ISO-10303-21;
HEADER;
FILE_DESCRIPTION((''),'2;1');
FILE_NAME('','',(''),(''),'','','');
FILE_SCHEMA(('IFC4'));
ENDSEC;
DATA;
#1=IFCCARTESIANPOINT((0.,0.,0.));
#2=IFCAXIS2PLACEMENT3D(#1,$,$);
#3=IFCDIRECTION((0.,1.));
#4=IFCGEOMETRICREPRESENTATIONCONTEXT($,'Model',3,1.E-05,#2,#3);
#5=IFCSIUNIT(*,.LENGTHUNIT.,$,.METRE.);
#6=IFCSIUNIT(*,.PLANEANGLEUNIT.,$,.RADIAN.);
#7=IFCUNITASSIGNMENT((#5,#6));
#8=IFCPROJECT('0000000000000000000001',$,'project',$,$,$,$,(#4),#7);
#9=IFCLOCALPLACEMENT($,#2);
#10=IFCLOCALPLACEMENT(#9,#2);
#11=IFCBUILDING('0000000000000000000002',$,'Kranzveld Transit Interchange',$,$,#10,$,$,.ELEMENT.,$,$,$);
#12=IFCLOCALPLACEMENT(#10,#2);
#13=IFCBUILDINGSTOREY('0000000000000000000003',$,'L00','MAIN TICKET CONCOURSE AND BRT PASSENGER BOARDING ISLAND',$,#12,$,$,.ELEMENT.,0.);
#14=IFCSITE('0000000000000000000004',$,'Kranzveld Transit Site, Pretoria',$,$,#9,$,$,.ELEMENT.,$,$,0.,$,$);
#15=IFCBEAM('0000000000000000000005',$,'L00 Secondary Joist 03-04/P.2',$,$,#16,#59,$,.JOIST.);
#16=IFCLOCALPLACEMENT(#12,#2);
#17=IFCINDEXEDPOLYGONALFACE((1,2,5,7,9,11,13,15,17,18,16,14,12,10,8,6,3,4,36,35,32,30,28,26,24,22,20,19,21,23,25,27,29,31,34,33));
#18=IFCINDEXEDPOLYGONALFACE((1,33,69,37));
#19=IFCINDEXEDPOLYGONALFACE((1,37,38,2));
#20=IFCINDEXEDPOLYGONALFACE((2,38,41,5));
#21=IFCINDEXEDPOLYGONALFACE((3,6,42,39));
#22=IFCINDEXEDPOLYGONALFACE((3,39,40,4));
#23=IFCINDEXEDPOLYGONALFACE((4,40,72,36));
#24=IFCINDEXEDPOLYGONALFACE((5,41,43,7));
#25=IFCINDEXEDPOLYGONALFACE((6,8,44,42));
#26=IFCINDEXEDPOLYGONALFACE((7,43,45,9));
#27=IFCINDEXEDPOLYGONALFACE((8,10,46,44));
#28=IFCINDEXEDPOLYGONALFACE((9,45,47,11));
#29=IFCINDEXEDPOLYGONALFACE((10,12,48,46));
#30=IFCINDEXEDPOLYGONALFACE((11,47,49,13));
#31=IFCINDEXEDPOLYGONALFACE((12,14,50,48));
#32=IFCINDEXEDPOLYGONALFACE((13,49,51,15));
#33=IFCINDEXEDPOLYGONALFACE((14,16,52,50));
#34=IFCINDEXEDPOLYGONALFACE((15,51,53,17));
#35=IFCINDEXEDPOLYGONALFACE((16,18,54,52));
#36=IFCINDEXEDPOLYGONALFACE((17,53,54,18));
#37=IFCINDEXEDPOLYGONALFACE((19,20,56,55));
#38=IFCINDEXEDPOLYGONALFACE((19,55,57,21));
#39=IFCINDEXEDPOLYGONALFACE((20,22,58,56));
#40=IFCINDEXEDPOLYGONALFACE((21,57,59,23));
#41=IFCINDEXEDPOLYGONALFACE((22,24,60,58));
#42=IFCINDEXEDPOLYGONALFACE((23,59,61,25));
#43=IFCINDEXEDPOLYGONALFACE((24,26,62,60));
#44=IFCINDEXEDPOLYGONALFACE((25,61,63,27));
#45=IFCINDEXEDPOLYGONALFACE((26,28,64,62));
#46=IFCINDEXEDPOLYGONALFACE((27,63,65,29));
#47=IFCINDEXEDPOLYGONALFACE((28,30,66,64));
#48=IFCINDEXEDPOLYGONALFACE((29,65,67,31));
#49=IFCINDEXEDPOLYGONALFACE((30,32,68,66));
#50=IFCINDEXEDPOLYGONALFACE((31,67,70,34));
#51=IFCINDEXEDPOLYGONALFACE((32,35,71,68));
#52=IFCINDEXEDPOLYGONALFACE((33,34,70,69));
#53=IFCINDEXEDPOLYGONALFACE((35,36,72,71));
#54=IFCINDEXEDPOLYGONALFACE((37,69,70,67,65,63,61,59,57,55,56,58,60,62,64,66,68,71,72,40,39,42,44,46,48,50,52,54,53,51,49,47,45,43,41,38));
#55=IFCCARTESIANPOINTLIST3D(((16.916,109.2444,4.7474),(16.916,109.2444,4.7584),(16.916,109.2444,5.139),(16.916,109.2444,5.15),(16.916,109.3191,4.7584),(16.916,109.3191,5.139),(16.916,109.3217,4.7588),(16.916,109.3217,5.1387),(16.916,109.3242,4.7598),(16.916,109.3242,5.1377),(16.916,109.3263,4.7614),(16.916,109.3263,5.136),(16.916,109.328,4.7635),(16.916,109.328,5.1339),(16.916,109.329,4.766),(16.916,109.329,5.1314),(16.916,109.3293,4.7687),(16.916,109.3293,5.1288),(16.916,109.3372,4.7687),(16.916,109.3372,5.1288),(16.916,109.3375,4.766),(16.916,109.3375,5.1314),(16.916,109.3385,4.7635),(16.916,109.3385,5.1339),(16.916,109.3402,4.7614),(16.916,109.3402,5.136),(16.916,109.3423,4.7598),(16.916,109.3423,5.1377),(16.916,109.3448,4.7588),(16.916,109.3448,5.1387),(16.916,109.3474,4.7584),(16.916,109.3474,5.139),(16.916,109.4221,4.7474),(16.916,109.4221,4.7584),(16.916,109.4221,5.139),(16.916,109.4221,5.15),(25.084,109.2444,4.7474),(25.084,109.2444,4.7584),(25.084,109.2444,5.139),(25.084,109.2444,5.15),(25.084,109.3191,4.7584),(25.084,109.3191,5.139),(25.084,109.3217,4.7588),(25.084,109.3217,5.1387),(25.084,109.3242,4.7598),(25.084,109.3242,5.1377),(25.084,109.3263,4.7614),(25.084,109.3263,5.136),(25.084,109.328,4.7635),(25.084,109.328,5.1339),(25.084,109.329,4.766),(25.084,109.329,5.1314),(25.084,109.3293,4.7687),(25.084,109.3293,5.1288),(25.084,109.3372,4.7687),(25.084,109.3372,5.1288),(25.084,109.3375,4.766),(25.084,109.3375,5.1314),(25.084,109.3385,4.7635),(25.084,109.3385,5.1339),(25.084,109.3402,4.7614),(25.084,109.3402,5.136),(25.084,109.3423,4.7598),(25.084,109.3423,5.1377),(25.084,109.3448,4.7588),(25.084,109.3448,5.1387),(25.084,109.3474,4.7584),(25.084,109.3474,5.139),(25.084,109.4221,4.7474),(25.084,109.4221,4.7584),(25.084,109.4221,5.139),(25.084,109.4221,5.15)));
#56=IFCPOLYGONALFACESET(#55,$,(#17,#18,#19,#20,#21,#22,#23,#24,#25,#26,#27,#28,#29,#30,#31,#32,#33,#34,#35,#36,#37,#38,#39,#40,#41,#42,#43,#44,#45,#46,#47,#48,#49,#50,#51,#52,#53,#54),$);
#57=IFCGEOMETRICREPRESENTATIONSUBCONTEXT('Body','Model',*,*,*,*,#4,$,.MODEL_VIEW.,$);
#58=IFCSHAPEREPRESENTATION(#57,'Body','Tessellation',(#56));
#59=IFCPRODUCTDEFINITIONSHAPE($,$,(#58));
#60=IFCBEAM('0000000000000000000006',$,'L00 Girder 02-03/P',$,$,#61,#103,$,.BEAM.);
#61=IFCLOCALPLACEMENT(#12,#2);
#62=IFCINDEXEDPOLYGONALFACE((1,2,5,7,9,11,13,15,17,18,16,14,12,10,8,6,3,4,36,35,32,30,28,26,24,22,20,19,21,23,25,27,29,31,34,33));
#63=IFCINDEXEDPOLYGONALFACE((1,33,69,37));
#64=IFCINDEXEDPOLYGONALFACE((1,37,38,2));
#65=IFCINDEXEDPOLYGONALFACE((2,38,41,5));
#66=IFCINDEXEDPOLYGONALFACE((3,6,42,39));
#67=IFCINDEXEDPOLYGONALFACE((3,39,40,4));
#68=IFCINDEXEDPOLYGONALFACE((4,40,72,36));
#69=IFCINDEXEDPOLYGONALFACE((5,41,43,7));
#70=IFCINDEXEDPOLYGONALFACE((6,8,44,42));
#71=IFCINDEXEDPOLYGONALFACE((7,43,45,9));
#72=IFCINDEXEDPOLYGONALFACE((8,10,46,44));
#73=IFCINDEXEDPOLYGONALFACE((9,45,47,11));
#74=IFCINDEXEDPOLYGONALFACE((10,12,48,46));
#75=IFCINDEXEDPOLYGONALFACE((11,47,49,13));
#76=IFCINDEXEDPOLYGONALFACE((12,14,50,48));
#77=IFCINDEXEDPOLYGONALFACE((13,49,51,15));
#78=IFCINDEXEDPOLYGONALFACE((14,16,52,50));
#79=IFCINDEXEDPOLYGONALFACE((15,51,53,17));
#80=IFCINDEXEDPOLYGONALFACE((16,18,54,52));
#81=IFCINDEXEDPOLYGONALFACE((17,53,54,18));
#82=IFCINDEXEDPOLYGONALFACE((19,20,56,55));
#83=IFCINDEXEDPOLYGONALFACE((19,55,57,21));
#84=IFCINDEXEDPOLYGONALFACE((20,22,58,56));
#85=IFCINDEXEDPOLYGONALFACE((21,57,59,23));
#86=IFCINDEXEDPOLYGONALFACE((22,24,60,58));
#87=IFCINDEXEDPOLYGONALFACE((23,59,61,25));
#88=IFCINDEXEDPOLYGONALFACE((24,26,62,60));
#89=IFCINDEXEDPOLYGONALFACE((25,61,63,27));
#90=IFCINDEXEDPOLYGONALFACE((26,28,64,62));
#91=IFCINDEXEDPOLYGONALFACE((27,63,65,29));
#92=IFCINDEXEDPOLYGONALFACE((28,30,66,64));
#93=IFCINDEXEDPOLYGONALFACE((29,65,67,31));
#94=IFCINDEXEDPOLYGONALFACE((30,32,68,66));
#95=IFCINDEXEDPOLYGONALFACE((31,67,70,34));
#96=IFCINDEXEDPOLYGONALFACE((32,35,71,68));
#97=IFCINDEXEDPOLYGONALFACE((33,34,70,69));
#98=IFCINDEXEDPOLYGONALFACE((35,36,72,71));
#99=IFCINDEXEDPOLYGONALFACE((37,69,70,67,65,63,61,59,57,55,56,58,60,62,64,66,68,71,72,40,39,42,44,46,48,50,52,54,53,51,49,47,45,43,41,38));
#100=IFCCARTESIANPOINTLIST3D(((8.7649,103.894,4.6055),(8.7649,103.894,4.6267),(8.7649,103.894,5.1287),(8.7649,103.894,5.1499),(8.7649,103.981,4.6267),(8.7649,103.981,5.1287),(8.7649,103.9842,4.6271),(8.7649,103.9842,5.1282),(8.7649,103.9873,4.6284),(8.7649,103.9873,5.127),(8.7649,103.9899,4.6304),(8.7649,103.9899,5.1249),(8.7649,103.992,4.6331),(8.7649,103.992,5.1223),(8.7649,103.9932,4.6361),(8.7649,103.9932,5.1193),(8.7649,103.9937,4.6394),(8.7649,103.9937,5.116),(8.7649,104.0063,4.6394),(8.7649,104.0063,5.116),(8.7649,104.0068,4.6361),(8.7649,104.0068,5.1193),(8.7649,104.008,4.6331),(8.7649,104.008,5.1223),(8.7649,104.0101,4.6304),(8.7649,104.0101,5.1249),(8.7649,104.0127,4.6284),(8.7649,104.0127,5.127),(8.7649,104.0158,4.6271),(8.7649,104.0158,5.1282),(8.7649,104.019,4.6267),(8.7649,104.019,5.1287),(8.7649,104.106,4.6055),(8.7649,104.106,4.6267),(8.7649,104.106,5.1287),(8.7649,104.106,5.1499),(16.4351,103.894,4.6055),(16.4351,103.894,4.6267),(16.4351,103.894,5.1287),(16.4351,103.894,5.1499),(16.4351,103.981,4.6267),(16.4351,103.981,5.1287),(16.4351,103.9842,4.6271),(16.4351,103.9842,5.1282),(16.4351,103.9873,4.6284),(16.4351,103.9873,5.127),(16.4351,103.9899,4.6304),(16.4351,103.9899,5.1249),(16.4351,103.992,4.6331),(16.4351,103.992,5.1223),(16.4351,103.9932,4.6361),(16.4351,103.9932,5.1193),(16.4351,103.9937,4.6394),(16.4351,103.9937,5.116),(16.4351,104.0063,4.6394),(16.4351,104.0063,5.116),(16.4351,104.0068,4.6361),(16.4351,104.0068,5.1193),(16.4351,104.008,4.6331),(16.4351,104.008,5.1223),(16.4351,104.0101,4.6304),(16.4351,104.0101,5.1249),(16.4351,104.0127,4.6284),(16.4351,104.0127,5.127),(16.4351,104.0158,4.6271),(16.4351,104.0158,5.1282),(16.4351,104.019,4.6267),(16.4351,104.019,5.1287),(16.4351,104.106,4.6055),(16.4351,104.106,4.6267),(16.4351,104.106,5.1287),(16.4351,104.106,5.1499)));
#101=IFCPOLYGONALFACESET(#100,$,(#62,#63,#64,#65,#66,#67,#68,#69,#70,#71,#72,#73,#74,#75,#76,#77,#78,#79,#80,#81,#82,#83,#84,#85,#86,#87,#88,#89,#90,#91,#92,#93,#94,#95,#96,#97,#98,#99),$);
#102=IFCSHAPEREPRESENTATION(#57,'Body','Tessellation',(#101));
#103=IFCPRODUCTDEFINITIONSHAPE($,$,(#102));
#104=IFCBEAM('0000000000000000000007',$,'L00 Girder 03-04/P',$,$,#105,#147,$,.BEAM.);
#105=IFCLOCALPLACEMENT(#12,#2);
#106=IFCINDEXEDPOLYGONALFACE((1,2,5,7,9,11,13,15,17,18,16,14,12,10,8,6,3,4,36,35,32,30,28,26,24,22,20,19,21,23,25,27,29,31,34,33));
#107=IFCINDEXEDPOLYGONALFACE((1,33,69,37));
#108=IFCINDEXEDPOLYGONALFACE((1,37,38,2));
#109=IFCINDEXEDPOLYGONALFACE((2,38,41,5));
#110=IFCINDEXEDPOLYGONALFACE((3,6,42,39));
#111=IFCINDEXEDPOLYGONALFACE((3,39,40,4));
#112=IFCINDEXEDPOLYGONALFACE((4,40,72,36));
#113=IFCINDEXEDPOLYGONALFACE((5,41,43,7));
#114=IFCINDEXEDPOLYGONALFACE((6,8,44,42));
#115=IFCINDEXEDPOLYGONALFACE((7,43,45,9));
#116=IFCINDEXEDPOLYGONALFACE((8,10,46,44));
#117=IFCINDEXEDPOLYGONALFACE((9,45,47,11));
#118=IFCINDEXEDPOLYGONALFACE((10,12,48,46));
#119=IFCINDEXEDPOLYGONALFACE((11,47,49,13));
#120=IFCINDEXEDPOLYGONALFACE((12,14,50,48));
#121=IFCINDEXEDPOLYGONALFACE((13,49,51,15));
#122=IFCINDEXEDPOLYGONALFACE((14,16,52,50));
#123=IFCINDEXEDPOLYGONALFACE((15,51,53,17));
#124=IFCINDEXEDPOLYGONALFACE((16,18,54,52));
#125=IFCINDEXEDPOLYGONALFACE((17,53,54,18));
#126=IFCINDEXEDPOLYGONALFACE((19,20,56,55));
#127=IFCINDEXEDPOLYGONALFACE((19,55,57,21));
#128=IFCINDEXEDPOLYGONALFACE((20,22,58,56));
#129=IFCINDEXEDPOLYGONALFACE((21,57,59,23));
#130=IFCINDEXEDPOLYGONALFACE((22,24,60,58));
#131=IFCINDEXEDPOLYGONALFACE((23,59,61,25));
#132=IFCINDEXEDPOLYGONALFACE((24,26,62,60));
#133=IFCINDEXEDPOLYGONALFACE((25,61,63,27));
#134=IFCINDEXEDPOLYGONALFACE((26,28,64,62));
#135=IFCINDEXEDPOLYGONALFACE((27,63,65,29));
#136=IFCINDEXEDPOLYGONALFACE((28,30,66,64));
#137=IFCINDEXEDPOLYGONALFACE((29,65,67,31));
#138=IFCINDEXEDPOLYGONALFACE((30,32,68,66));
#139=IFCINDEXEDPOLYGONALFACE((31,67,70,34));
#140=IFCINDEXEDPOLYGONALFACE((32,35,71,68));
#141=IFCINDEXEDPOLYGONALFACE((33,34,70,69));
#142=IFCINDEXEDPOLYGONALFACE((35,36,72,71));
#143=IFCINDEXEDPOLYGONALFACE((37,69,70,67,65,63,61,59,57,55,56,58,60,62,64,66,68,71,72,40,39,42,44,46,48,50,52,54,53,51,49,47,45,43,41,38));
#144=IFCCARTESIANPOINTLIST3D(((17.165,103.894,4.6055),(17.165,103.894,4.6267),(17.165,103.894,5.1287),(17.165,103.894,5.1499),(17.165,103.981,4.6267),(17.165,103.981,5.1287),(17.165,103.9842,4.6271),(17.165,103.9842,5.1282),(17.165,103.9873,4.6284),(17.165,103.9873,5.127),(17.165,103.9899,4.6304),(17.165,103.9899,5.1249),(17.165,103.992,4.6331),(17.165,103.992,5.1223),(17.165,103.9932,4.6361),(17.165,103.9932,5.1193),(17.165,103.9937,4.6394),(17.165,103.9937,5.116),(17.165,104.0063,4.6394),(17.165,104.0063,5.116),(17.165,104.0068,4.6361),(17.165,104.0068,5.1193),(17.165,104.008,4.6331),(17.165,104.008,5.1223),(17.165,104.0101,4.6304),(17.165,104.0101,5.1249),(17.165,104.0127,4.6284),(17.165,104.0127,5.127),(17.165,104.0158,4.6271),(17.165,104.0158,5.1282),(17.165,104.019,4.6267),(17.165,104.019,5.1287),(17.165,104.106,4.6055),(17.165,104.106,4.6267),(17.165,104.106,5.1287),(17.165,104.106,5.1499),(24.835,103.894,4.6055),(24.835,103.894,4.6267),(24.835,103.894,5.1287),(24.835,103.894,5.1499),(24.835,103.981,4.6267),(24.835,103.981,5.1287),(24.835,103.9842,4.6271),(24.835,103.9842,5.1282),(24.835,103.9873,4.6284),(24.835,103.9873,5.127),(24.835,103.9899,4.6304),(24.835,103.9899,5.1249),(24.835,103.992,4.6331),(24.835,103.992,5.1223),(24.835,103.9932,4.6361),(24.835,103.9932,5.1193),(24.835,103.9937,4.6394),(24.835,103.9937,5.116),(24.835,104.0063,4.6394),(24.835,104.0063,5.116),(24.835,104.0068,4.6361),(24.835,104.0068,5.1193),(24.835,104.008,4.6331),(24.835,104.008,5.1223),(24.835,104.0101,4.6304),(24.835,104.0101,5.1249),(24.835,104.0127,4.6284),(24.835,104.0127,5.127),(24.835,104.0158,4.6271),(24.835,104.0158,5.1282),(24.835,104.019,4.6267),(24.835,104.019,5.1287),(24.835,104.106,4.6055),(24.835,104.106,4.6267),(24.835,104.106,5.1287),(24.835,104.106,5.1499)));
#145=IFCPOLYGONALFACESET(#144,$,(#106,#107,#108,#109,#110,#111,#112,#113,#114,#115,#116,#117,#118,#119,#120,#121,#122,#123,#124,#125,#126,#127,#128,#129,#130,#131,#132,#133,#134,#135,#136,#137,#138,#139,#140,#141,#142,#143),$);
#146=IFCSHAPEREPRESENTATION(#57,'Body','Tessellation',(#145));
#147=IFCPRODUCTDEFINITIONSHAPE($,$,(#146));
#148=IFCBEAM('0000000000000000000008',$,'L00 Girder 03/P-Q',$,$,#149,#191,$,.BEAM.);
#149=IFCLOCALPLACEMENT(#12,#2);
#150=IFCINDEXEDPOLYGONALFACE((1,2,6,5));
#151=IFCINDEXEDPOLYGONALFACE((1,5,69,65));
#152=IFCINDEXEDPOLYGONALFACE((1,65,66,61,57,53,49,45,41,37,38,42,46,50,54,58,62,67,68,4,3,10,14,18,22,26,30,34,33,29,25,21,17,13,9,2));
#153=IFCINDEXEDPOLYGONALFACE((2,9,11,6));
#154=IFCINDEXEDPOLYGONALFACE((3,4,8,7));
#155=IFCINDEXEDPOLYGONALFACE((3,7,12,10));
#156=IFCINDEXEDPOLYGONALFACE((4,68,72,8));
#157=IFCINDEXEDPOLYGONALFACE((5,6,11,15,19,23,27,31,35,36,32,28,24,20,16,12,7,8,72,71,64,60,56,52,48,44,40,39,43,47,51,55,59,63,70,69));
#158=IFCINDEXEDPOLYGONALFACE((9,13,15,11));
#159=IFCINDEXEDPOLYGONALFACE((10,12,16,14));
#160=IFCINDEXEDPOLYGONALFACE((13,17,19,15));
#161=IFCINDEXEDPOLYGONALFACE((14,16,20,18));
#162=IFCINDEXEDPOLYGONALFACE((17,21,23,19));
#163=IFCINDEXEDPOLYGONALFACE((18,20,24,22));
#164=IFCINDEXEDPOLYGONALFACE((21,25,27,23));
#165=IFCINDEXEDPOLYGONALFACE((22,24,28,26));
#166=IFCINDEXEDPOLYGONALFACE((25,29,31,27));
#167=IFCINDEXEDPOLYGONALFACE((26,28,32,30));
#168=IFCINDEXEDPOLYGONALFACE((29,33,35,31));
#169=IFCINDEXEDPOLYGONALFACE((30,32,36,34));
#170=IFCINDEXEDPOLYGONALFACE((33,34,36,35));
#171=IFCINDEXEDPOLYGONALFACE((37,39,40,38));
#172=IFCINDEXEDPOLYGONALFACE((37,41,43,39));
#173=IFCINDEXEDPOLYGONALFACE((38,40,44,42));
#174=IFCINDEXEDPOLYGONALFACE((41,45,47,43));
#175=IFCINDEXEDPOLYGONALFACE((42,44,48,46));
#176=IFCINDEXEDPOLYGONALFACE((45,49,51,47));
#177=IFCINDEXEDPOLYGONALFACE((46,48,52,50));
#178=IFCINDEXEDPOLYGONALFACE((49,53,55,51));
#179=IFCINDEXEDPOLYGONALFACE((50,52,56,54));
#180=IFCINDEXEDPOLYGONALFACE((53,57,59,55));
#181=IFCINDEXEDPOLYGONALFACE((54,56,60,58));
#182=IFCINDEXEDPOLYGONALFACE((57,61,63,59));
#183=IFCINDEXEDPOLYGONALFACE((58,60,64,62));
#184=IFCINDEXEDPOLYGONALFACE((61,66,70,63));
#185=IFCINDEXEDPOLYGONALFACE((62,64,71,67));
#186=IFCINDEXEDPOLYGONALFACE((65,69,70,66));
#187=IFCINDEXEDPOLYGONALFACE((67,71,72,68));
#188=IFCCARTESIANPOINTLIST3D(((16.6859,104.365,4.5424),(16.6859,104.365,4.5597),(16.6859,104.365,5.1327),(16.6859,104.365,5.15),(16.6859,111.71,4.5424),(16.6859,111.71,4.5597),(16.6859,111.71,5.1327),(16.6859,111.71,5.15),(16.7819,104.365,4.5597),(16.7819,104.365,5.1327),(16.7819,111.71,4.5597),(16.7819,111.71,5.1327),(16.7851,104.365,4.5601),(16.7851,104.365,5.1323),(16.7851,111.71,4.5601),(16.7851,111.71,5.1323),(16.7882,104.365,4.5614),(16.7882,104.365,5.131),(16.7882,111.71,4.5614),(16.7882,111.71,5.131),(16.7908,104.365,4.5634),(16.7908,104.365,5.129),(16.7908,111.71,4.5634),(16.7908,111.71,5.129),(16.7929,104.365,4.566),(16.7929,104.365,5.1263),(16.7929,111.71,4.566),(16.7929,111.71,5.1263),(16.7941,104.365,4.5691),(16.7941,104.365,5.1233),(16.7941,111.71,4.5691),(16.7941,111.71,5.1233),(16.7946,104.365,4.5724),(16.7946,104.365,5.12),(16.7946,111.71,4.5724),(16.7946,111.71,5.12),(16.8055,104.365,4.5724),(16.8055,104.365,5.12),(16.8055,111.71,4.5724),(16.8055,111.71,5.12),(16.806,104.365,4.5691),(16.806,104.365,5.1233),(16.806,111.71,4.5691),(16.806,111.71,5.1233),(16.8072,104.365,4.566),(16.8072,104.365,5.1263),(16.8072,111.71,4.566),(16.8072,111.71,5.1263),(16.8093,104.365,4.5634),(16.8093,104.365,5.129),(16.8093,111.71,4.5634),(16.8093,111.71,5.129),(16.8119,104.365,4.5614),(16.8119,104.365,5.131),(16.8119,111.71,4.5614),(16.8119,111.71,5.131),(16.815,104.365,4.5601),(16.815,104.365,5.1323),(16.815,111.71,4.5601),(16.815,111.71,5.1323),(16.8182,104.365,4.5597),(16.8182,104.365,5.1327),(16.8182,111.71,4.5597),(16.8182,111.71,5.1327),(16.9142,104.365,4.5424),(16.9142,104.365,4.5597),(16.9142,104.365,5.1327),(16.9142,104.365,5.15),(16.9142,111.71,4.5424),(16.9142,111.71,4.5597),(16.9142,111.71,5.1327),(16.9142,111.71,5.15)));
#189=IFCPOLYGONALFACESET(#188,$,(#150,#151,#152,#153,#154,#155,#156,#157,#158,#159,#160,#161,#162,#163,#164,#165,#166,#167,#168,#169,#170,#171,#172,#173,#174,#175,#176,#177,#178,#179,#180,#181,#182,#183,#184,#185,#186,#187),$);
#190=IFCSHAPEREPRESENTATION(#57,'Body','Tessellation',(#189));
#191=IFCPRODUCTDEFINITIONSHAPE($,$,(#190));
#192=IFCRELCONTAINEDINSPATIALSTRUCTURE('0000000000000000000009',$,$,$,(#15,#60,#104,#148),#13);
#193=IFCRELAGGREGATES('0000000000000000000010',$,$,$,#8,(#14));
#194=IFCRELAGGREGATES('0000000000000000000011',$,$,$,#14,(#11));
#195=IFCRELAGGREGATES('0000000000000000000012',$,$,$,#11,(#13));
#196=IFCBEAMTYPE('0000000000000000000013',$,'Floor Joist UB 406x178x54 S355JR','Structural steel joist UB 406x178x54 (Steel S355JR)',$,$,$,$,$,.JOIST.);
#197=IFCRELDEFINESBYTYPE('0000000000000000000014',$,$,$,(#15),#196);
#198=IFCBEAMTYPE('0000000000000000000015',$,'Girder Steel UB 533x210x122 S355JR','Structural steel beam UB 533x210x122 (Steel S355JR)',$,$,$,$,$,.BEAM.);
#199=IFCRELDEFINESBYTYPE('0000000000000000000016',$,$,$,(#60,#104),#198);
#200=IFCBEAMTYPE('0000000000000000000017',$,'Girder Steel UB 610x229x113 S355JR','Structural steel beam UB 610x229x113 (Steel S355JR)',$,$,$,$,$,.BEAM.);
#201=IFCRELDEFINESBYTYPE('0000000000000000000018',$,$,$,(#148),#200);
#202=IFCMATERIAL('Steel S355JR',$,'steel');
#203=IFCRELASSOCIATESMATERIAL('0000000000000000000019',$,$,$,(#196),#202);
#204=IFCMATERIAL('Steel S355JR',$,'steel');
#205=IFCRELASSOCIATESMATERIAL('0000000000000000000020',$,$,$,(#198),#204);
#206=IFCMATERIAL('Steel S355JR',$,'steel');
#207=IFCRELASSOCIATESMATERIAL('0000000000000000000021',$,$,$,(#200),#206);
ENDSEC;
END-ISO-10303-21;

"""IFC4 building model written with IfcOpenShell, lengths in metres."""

from ifc_helpers import new_model, si_unit, direction, frame, origin, origin_2d, place, context, subcontext, project, spatial, i_section, extrude, material, material_profile, profile_set, type_object, element, save


model = new_model("IFC4")

# Units and contexts
model_context = context("Model", 3, precision=1e-05, world=origin(), true_north=direction((0.0, 1.0)))
body_context = subcontext(model_context, "Body", "Model", "MODEL_VIEW")
ifc_project = project(units=[si_unit("LENGTHUNIT", "METRE"), si_unit("PLANEANGLEUNIT", "RADIAN")], contexts=[model_context])

# Site, building, storey
site_placement = place(None, origin())
site = spatial("IfcSite", under=ifc_project, at=site_placement, Name="Kranzveld Transit Site, Pretoria", CompositionType="ELEMENT", RefElevation=0.0)
building_placement = place(site_placement, origin())
building = spatial("IfcBuilding", under=site, at=building_placement, Name="Kranzveld Transit Interchange", CompositionType="ELEMENT")
storey_placement = place(building_placement, origin())
storey = spatial("IfcBuildingStorey", under=building, at=storey_placement, Name="L00", Description="MAIN TICKET CONCOURSE AND BRT PASSENGER BOARDING ISLAND", CompositionType="ELEMENT", Elevation=0.0)

# Beams
ifc_material_1 = material(Name="Steel S355JR", Category="steel")
ifc_material_profile_1 = material_profile(ifc_material_1, i_section(OverallWidth=0.1777, OverallDepth=0.4026, WebThickness=0.0078, FlangeThickness=0.011, FilletRadius=0.0103, at=origin_2d()), Name="UB 406x178x54")
ifc_profile_set_1 = profile_set([ifc_material_profile_1], Name="Steel S355JR")
beam_type_1 = type_object("IfcBeamType", Name="Floor Joist UB 406x178x54 S355JR", Description="Structural steel joist UB 406x178x54 (Steel S355JR)", PredefinedType="JOIST", material=ifc_profile_set_1)
for number, where, z_axis, x_axis, name in (
    (1, (16.916, 109.3333, 4.9487), (1.0, 0.0, 0.0), (0.0, 1.0, 0.0), "L00 Secondary Joist 03-04/P.2"),
):
    element("IfcBeam", number, at=place(storey_placement, frame(where, z_axis=z_axis, x_axis=x_axis)), inside=storey, type_object=beam_type_1, Name=name, PredefinedType="JOIST", context=body_context, shape_type="SweptSolid", body=[
        extrude(i_section(OverallWidth=0.1777, OverallDepth=0.4026, WebThickness=0.0078, FlangeThickness=0.011, FilletRadius=0.0103, at=origin_2d()), origin(), (0.0, 0.0, 1.0), 8.168),
    ])
ifc_material_2 = material(Name="Steel S355JR", Category="steel")
ifc_material_profile_2 = material_profile(ifc_material_2, i_section(OverallWidth=0.2119, OverallDepth=0.5444, WebThickness=0.0127, FlangeThickness=0.0212, FilletRadius=0.0127, at=origin_2d()), Name="UB 533x210x122")
ifc_profile_set_2 = profile_set([ifc_material_profile_2], Name="Steel S355JR")
beam_type_2 = type_object("IfcBeamType", Name="Girder Steel UB 533x210x122 S355JR", Description="Structural steel beam UB 533x210x122 (Steel S355JR)", PredefinedType="BEAM", material=ifc_profile_set_2)
beam_1_placement = place(storey_placement, frame((8.7649, 104.0, 4.8777), z_axis=(1.0, 0.0, 0.0), x_axis=(0.0, 1.0, 0.0)))
element("IfcBeam", 2, at=beam_1_placement, inside=storey, type_object=beam_type_2, Name="L00 Girder 02-03/P", PredefinedType="BEAM", context=body_context, shape_type="SweptSolid", body=[
    extrude(i_section(OverallWidth=0.2119, OverallDepth=0.5444, WebThickness=0.0127, FlangeThickness=0.0212, FilletRadius=0.0127, at=origin_2d()), origin(), (0.0, 0.0, 1.0), 7.6702),
])
beam_2_placement = place(storey_placement, frame((17.165, 104.0, 4.8777), z_axis=(1.0, 0.0, 0.0), x_axis=(0.0, 1.0, 0.0)))
element("IfcBeam", 3, at=beam_2_placement, inside=storey, type_object=beam_type_2, Name="L00 Girder 03-04/P", PredefinedType="BEAM", context=body_context, shape_type="SweptSolid", body=[
    extrude(i_section(OverallWidth=0.2119, OverallDepth=0.5444, WebThickness=0.0127, FlangeThickness=0.0212, FilletRadius=0.0127, at=origin_2d()), origin(), (0.0, 0.0, 1.0), 7.6699),
])
ifc_material_3 = material(Name="Steel S355JR", Category="steel")
ifc_material_profile_3 = material_profile(ifc_material_3, i_section(OverallWidth=0.2283, OverallDepth=0.6077, WebThickness=0.011, FlangeThickness=0.0173, FilletRadius=0.0127, at=origin_2d()), Name="UB 610x229x113")
ifc_profile_set_3 = profile_set([ifc_material_profile_3], Name="Steel S355JR")
beam_type_3 = type_object("IfcBeamType", Name="Girder Steel UB 610x229x113 S355JR", Description="Structural steel beam UB 610x229x113 (Steel S355JR)", PredefinedType="BEAM", material=ifc_profile_set_3)
beam_3_placement = place(storey_placement, frame((16.8, 104.365, 4.8462), z_axis=(0.0, 1.0, 0.0), x_axis=(-1.0, 0.0, 0.0)))
element("IfcBeam", 4, at=beam_3_placement, inside=storey, type_object=beam_type_3, Name="L00 Girder 03/P-Q", PredefinedType="BEAM", context=body_context, shape_type="SweptSolid", body=[
    extrude(i_section(OverallWidth=0.2283, OverallDepth=0.6077, WebThickness=0.011, FlangeThickness=0.0173, FilletRadius=0.0127, at=origin_2d()), origin(), (0.0, 0.0, 1.0), 7.345),
])

save(model, "model.ifc")
